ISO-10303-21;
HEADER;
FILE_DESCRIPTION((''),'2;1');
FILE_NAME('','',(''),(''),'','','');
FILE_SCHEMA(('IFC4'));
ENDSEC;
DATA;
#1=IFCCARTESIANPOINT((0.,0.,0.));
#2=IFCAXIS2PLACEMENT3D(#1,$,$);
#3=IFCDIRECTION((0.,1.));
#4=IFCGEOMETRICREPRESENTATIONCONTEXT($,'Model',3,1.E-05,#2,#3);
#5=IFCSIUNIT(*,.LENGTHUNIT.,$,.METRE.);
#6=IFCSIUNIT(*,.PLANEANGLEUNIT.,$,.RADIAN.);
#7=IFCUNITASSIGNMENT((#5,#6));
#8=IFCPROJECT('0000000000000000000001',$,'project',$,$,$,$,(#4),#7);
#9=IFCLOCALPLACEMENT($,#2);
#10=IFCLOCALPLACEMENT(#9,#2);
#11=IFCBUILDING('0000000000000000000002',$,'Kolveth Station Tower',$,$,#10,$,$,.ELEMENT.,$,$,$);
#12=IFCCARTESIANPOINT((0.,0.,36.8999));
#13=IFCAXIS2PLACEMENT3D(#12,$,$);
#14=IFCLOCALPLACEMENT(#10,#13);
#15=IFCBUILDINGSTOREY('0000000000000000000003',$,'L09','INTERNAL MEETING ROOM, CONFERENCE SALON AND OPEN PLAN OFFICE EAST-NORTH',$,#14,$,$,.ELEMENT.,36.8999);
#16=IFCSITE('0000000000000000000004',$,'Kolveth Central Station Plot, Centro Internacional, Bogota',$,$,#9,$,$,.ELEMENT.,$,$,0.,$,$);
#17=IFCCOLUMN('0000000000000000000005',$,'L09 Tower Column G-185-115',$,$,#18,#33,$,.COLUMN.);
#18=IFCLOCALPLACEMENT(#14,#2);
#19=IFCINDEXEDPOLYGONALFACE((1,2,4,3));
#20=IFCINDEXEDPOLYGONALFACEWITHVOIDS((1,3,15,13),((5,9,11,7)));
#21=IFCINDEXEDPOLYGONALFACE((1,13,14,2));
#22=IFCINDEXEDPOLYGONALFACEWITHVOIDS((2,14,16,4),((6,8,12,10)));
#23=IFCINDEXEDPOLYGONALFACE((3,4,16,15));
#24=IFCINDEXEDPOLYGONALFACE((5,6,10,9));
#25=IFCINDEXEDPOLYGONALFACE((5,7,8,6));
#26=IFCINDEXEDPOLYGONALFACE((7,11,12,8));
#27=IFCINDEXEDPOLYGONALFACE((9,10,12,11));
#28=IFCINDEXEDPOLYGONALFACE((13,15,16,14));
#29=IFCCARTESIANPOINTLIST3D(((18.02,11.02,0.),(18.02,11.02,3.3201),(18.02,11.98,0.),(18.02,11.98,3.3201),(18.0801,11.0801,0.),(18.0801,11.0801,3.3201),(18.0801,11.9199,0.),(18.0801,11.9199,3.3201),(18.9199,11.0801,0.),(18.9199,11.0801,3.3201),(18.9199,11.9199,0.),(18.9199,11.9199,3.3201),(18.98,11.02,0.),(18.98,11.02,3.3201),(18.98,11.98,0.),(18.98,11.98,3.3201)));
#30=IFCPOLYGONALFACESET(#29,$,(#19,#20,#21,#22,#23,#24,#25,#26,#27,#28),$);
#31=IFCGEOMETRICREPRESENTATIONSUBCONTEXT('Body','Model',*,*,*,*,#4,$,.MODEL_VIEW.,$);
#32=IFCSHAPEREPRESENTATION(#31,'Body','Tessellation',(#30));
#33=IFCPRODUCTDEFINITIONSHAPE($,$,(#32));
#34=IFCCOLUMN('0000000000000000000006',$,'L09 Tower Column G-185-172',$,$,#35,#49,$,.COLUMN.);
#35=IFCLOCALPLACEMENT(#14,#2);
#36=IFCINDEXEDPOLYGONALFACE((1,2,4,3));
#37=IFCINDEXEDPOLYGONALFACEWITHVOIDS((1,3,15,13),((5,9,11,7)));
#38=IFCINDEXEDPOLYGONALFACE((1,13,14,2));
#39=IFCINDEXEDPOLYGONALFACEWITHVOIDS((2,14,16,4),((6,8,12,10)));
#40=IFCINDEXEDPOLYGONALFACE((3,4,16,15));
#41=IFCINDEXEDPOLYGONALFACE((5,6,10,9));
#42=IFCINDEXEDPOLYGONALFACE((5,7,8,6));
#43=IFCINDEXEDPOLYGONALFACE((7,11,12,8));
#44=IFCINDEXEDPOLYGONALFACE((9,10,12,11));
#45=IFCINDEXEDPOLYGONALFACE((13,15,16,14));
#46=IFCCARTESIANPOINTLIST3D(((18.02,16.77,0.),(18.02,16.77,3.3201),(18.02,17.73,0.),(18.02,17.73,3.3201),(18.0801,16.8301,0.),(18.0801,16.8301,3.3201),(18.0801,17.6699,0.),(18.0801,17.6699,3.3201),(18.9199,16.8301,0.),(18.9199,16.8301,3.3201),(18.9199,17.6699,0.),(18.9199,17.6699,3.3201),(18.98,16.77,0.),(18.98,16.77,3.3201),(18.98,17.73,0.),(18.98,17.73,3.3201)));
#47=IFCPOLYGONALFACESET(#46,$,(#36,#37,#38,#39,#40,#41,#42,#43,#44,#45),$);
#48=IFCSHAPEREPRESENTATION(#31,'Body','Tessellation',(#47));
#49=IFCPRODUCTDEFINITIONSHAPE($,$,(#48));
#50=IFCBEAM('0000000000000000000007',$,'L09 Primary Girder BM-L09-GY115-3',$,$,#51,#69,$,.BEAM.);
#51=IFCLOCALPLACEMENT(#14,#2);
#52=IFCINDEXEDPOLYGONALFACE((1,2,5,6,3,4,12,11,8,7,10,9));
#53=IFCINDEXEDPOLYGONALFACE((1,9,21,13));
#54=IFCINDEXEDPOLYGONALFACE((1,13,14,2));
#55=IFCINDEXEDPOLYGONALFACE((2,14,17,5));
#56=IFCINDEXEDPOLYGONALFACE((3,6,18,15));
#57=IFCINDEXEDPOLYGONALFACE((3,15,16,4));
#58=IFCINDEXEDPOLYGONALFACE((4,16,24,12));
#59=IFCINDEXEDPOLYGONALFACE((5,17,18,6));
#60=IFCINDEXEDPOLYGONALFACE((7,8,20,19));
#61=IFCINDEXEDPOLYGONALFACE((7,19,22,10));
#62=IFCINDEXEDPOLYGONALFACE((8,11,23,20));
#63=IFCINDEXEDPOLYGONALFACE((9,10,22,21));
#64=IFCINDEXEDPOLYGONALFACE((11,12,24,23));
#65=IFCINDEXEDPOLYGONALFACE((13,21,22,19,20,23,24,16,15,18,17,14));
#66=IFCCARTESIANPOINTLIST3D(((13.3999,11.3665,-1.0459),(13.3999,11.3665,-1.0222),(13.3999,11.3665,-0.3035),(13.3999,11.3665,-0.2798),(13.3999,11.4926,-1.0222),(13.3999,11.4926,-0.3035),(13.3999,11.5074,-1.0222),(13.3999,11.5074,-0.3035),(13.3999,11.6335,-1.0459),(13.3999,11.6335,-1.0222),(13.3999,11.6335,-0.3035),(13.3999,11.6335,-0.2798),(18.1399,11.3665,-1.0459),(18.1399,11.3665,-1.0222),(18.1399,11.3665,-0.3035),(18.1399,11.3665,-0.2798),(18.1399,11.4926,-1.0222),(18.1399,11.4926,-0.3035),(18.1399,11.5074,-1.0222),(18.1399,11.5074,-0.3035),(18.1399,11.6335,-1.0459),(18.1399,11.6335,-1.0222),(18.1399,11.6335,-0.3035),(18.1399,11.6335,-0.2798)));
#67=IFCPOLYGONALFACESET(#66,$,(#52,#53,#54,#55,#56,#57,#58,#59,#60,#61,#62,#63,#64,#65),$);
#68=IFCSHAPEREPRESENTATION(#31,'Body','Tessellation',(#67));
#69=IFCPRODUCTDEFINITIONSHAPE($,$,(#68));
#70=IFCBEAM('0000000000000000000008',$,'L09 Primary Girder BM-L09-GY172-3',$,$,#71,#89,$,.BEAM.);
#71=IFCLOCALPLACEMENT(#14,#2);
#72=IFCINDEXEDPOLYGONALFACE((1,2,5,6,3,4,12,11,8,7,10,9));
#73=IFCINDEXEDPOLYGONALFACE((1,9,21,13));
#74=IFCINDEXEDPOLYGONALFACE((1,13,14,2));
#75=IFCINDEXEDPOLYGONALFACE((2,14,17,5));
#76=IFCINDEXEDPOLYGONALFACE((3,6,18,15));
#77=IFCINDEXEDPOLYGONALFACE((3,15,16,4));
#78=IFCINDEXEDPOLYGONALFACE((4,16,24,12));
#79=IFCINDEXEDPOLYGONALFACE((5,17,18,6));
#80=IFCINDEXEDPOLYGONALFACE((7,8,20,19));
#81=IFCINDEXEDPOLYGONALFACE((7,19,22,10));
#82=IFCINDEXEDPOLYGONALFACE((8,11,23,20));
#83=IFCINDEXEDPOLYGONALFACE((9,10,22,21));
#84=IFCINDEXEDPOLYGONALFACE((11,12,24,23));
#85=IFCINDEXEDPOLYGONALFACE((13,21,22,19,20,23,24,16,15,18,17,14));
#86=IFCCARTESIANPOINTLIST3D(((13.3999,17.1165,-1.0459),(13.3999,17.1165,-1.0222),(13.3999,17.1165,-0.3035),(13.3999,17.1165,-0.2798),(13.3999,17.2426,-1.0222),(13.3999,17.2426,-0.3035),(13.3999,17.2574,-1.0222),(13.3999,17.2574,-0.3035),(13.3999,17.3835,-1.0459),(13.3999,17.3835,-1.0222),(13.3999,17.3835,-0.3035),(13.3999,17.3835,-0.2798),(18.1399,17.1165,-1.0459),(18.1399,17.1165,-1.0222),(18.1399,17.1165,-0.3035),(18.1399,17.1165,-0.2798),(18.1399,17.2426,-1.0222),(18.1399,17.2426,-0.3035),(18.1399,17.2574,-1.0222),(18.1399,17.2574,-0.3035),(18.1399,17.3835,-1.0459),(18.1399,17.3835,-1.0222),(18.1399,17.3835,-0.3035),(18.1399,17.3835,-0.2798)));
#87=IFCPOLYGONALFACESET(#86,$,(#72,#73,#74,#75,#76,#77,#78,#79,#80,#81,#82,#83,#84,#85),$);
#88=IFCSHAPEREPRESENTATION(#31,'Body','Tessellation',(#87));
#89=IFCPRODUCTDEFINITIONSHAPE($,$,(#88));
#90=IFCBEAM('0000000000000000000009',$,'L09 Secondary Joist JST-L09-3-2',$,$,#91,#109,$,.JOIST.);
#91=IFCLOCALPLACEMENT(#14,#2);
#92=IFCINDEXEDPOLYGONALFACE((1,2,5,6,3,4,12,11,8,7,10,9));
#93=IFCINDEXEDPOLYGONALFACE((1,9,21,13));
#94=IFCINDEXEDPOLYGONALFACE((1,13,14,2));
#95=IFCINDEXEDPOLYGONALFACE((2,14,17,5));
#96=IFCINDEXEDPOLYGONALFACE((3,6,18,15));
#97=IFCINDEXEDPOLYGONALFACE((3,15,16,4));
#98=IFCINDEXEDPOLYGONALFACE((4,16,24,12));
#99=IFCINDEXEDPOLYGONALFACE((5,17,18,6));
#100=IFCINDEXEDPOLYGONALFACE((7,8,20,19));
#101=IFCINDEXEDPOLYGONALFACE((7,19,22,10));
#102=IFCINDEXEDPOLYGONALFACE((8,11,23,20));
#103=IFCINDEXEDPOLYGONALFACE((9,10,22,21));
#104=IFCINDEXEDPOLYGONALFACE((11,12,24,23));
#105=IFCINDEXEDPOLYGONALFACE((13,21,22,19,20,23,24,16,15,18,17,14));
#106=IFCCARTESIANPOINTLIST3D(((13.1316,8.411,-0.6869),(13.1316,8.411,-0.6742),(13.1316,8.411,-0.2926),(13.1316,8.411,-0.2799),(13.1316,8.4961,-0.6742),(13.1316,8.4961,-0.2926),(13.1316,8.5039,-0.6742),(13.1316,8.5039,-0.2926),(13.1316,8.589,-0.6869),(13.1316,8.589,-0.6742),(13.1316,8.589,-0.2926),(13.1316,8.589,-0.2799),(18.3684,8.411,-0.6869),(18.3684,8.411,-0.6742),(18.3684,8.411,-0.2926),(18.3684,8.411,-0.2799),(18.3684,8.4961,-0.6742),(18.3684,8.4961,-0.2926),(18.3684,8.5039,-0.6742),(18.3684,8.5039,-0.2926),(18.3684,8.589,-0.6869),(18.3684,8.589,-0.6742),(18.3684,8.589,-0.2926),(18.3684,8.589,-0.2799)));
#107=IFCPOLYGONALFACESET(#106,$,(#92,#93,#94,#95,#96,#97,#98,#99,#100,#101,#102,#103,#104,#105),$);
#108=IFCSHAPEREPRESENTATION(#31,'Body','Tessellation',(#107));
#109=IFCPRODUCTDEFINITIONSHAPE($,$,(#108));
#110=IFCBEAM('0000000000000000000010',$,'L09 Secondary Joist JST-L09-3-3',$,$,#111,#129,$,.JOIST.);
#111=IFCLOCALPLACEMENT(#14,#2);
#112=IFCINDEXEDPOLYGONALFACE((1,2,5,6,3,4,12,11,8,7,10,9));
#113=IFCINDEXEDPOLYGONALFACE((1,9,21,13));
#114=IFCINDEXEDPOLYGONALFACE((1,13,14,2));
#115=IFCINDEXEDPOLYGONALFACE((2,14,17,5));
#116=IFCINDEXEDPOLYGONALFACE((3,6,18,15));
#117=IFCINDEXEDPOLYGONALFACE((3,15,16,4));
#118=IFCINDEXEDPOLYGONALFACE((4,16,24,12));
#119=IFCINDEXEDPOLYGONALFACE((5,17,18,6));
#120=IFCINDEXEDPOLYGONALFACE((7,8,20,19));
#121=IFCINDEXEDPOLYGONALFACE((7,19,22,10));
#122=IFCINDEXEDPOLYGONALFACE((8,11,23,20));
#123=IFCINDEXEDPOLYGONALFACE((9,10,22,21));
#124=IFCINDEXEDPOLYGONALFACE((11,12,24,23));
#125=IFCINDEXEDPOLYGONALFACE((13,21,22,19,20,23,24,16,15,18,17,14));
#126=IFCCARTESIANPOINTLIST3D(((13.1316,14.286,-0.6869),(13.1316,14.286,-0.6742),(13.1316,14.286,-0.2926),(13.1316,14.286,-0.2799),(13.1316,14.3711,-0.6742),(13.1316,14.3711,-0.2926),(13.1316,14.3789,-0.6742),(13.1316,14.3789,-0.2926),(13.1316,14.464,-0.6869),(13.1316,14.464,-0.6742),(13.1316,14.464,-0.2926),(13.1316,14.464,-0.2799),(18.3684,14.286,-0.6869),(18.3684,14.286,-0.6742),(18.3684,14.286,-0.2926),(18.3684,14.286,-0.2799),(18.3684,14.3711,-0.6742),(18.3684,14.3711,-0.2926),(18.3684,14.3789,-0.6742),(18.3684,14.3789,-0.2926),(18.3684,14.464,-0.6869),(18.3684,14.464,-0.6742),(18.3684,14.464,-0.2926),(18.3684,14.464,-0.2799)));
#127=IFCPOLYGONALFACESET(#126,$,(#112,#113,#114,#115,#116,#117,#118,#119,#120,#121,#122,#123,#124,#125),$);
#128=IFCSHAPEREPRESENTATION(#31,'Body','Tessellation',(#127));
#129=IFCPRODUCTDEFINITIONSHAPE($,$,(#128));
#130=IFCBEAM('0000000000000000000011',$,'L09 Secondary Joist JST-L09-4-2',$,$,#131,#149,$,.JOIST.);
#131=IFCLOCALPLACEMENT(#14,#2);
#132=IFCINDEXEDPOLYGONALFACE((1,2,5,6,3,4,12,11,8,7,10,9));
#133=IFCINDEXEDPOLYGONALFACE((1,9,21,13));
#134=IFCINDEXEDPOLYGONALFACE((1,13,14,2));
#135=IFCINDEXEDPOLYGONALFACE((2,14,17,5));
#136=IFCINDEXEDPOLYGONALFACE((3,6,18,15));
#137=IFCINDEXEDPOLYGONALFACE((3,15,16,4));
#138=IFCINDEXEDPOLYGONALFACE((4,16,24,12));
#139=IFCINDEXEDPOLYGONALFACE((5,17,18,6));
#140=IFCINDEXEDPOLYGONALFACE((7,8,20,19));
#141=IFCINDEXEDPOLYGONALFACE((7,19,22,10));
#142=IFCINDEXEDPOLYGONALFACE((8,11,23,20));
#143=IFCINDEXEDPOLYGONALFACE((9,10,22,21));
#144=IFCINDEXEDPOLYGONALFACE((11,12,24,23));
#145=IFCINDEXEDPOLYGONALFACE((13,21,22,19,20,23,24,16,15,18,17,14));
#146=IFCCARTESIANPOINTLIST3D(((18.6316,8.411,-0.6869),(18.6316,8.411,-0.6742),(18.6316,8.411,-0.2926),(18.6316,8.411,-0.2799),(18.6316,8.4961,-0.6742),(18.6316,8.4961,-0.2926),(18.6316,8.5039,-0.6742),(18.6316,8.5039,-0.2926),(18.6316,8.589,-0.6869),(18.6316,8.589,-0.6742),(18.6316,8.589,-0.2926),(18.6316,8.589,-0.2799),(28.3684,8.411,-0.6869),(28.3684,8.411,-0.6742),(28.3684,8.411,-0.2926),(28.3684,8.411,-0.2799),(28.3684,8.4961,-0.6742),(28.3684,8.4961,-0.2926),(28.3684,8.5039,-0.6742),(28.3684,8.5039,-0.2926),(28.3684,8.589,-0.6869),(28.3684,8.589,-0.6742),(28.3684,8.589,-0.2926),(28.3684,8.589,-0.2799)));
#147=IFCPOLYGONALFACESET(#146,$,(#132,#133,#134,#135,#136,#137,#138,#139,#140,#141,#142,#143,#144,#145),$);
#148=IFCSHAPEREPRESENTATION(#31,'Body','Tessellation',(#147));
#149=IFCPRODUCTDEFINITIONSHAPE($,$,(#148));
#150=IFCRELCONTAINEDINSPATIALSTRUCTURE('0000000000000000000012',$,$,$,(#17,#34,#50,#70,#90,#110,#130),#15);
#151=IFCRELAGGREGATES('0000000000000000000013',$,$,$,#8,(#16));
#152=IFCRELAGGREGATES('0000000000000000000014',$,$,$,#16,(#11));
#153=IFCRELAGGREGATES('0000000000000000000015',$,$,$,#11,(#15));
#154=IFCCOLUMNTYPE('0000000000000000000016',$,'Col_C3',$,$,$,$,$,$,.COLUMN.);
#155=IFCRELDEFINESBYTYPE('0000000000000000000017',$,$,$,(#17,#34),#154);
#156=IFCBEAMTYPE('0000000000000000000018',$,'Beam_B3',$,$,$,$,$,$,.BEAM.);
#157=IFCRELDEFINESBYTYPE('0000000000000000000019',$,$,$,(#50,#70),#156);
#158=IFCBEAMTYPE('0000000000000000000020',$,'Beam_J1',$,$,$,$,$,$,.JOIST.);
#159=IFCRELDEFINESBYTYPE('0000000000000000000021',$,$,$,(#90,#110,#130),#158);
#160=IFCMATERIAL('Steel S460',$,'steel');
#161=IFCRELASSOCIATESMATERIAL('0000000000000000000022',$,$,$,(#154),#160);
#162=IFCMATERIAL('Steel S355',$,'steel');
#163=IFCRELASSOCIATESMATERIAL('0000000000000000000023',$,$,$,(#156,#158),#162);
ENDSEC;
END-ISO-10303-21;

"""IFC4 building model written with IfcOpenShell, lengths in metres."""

from ifc_helpers import new_model, si_unit, direction, frame, origin, origin_2d, place, context, subcontext, project, spatial, hollow_rectangle, i_section, extrude, source, transform, mapped, material, material_profile, profile_set, type_object, element, save


model = new_model("IFC4")

# Units and contexts
model_context = context("Model", 3, precision=1e-05, world=origin(), true_north=direction((0.0, 1.0)))
body_context = subcontext(model_context, "Body", "Model", "MODEL_VIEW")
ifc_project = project(units=[si_unit("LENGTHUNIT", "METRE"), si_unit("PLANEANGLEUNIT", "RADIAN")], contexts=[model_context])

# Site, building, storey
site_placement = place(None, origin())
site = spatial("IfcSite", under=ifc_project, at=site_placement, Name="Kolveth Central Station Plot, Centro Internacional, Bogota", CompositionType="ELEMENT", RefElevation=0.0)
building_placement = place(site_placement, origin())
building = spatial("IfcBuilding", under=site, at=building_placement, Name="Kolveth Station Tower", CompositionType="ELEMENT")
storey_placement = place(building_placement, frame((0.0, 0.0, 36.8999)))
storey = spatial("IfcBuildingStorey", under=building, at=storey_placement, Name="L09", Description="INTERNAL MEETING ROOM, CONFERENCE SALON AND OPEN PLAN OFFICE EAST-NORTH", CompositionType="ELEMENT", Elevation=36.8999)

# Columns
ifc_material_1 = material(Name="Steel S460", Category="steel")
ifc_material_profile_1 = material_profile(ifc_material_1, hollow_rectangle(XDim=0.96, YDim=0.96, WallThickness=0.0601, at=origin_2d()), Name="BOX960x960x60")
ifc_profile_set_1 = profile_set([ifc_material_profile_1], Name="Steel S460")
column_type = type_object("IfcColumnType", Name="Col_C3", PredefinedType="COLUMN", material=ifc_profile_set_1)
shared_shape_1 = source(origin(), body_context, "Body", "SweptSolid", [
    extrude(hollow_rectangle(XDim=0.96, YDim=0.96, WallThickness=0.0601, at=origin_2d()), origin(), (0.0, 0.0, 1.0), 3.3201),
])
for number, where, z_axis, x_axis, name in (
    (1, (18.5, 11.5, 0.0), (0.0, 0.0, 1.0), (1.0, 0.0, 0.0), "L09 Tower Column G-185-115"),
    (2, (18.5, 17.25, 0.0), (0.0, 0.0, 1.0), (1.0, 0.0, 0.0), "L09 Tower Column G-185-172"),
):
    element("IfcColumn", number, at=place(storey_placement, frame(where, z_axis=z_axis, x_axis=x_axis)), inside=storey, type_object=column_type, Name=name, PredefinedType="COLUMN", context=body_context, shape_type="MappedRepresentation", body=[
        mapped(shared_shape_1, transform((0.0, 0.0, 0.0), x_axis=(1.0, 0.0, 0.0), y_axis=(0.0, 1.0, 0.0), z_axis=(0.0, 0.0, 1.0), scale=1.0)),
    ])

# Beams
ifc_material_2 = material(Name="Steel S355", Category="steel")
ifc_material_profile_2 = material_profile(ifc_material_2, i_section(OverallWidth=0.2671, OverallDepth=0.7661, WebThickness=0.0149, FlangeThickness=0.0237, at=origin_2d()), Name="W760x185")
ifc_profile_set_2 = profile_set([ifc_material_profile_2], Name="Steel S355")
beam_type_1 = type_object("IfcBeamType", Name="Beam_B3", PredefinedType="BEAM", material=ifc_profile_set_2)
shared_shape_2 = source(origin(), body_context, "Body", "SweptSolid", [
    extrude(i_section(OverallWidth=0.2671, OverallDepth=0.7661, WebThickness=0.0149, FlangeThickness=0.0237, at=origin_2d()), origin(), (0.0, 0.0, 1.0), 4.74),
])
for number, where, z_axis, x_axis, name in (
    (3, (13.3999, 11.5, -0.6628), (1.0, 0.0, 0.0), (0.0, 1.0, 0.0), "L09 Primary Girder BM-L09-GY115-3"),
    (4, (13.3999, 17.25, -0.6628), (1.0, 0.0, 0.0), (0.0, 1.0, 0.0), "L09 Primary Girder BM-L09-GY172-3"),
):
    element("IfcBeam", number, at=place(storey_placement, frame(where, z_axis=z_axis, x_axis=x_axis)), inside=storey, type_object=beam_type_1, Name=name, PredefinedType="BEAM", context=body_context, shape_type="MappedRepresentation", body=[
        mapped(shared_shape_2, transform((0.0, 0.0, 0.0), x_axis=(1.0, 0.0, 0.0), y_axis=(0.0, 1.0, 0.0), z_axis=(0.0, 0.0, 1.0), scale=1.0)),
    ])
ifc_material_profile_3 = material_profile(ifc_material_2, i_section(OverallWidth=0.178, OverallDepth=0.407, WebThickness=0.0078, FlangeThickness=0.0127, at=origin_2d()), Name="W410x60")
ifc_profile_set_3 = profile_set([ifc_material_profile_3], Name="Steel S355")
beam_type_2 = type_object("IfcBeamType", Name="Beam_J1", PredefinedType="JOIST", material=ifc_profile_set_3)
shared_shape_3 = source(origin(), body_context, "Body", "SweptSolid", [
    extrude(i_section(OverallWidth=0.178, OverallDepth=0.407, WebThickness=0.0078, FlangeThickness=0.0127, at=origin_2d()), origin(), (0.0, 0.0, 1.0), 5.2368),
])
for number, where, z_axis, x_axis, name in (
    (5, (13.1316, 8.5, -0.4834), (1.0, 0.0, 0.0), (0.0, 1.0, 0.0), "L09 Secondary Joist JST-L09-3-2"),
    (6, (13.1316, 14.375, -0.4834), (1.0, 0.0, 0.0), (0.0, 1.0, 0.0), "L09 Secondary Joist JST-L09-3-3"),
):
    element("IfcBeam", number, at=place(storey_placement, frame(where, z_axis=z_axis, x_axis=x_axis)), inside=storey, type_object=beam_type_2, Name=name, PredefinedType="JOIST", context=body_context, shape_type="MappedRepresentation", body=[
        mapped(shared_shape_3, transform((0.0, 0.0, 0.0), x_axis=(1.0, 0.0, 0.0), y_axis=(0.0, 1.0, 0.0), z_axis=(0.0, 0.0, 1.0), scale=1.0)),
    ])
shared_shape_4 = source(origin(), body_context, "Body", "SweptSolid", [
    extrude(i_section(OverallWidth=0.178, OverallDepth=0.407, WebThickness=0.0078, FlangeThickness=0.0127, at=origin_2d()), origin(), (0.0, 0.0, 1.0), 9.7368),
])
beam_placement = place(storey_placement, frame((18.6316, 8.5, -0.4834), z_axis=(1.0, 0.0, 0.0), x_axis=(0.0, 1.0, 0.0)))
element("IfcBeam", 7, at=beam_placement, inside=storey, type_object=beam_type_2, Name="L09 Secondary Joist JST-L09-4-2", PredefinedType="JOIST", context=body_context, shape_type="MappedRepresentation", body=[
    mapped(shared_shape_4, transform((0.0, 0.0, 0.0), x_axis=(1.0, 0.0, 0.0), y_axis=(0.0, 1.0, 0.0), z_axis=(0.0, 0.0, 1.0), scale=1.0)),
])

save(model, "model.ifc")
